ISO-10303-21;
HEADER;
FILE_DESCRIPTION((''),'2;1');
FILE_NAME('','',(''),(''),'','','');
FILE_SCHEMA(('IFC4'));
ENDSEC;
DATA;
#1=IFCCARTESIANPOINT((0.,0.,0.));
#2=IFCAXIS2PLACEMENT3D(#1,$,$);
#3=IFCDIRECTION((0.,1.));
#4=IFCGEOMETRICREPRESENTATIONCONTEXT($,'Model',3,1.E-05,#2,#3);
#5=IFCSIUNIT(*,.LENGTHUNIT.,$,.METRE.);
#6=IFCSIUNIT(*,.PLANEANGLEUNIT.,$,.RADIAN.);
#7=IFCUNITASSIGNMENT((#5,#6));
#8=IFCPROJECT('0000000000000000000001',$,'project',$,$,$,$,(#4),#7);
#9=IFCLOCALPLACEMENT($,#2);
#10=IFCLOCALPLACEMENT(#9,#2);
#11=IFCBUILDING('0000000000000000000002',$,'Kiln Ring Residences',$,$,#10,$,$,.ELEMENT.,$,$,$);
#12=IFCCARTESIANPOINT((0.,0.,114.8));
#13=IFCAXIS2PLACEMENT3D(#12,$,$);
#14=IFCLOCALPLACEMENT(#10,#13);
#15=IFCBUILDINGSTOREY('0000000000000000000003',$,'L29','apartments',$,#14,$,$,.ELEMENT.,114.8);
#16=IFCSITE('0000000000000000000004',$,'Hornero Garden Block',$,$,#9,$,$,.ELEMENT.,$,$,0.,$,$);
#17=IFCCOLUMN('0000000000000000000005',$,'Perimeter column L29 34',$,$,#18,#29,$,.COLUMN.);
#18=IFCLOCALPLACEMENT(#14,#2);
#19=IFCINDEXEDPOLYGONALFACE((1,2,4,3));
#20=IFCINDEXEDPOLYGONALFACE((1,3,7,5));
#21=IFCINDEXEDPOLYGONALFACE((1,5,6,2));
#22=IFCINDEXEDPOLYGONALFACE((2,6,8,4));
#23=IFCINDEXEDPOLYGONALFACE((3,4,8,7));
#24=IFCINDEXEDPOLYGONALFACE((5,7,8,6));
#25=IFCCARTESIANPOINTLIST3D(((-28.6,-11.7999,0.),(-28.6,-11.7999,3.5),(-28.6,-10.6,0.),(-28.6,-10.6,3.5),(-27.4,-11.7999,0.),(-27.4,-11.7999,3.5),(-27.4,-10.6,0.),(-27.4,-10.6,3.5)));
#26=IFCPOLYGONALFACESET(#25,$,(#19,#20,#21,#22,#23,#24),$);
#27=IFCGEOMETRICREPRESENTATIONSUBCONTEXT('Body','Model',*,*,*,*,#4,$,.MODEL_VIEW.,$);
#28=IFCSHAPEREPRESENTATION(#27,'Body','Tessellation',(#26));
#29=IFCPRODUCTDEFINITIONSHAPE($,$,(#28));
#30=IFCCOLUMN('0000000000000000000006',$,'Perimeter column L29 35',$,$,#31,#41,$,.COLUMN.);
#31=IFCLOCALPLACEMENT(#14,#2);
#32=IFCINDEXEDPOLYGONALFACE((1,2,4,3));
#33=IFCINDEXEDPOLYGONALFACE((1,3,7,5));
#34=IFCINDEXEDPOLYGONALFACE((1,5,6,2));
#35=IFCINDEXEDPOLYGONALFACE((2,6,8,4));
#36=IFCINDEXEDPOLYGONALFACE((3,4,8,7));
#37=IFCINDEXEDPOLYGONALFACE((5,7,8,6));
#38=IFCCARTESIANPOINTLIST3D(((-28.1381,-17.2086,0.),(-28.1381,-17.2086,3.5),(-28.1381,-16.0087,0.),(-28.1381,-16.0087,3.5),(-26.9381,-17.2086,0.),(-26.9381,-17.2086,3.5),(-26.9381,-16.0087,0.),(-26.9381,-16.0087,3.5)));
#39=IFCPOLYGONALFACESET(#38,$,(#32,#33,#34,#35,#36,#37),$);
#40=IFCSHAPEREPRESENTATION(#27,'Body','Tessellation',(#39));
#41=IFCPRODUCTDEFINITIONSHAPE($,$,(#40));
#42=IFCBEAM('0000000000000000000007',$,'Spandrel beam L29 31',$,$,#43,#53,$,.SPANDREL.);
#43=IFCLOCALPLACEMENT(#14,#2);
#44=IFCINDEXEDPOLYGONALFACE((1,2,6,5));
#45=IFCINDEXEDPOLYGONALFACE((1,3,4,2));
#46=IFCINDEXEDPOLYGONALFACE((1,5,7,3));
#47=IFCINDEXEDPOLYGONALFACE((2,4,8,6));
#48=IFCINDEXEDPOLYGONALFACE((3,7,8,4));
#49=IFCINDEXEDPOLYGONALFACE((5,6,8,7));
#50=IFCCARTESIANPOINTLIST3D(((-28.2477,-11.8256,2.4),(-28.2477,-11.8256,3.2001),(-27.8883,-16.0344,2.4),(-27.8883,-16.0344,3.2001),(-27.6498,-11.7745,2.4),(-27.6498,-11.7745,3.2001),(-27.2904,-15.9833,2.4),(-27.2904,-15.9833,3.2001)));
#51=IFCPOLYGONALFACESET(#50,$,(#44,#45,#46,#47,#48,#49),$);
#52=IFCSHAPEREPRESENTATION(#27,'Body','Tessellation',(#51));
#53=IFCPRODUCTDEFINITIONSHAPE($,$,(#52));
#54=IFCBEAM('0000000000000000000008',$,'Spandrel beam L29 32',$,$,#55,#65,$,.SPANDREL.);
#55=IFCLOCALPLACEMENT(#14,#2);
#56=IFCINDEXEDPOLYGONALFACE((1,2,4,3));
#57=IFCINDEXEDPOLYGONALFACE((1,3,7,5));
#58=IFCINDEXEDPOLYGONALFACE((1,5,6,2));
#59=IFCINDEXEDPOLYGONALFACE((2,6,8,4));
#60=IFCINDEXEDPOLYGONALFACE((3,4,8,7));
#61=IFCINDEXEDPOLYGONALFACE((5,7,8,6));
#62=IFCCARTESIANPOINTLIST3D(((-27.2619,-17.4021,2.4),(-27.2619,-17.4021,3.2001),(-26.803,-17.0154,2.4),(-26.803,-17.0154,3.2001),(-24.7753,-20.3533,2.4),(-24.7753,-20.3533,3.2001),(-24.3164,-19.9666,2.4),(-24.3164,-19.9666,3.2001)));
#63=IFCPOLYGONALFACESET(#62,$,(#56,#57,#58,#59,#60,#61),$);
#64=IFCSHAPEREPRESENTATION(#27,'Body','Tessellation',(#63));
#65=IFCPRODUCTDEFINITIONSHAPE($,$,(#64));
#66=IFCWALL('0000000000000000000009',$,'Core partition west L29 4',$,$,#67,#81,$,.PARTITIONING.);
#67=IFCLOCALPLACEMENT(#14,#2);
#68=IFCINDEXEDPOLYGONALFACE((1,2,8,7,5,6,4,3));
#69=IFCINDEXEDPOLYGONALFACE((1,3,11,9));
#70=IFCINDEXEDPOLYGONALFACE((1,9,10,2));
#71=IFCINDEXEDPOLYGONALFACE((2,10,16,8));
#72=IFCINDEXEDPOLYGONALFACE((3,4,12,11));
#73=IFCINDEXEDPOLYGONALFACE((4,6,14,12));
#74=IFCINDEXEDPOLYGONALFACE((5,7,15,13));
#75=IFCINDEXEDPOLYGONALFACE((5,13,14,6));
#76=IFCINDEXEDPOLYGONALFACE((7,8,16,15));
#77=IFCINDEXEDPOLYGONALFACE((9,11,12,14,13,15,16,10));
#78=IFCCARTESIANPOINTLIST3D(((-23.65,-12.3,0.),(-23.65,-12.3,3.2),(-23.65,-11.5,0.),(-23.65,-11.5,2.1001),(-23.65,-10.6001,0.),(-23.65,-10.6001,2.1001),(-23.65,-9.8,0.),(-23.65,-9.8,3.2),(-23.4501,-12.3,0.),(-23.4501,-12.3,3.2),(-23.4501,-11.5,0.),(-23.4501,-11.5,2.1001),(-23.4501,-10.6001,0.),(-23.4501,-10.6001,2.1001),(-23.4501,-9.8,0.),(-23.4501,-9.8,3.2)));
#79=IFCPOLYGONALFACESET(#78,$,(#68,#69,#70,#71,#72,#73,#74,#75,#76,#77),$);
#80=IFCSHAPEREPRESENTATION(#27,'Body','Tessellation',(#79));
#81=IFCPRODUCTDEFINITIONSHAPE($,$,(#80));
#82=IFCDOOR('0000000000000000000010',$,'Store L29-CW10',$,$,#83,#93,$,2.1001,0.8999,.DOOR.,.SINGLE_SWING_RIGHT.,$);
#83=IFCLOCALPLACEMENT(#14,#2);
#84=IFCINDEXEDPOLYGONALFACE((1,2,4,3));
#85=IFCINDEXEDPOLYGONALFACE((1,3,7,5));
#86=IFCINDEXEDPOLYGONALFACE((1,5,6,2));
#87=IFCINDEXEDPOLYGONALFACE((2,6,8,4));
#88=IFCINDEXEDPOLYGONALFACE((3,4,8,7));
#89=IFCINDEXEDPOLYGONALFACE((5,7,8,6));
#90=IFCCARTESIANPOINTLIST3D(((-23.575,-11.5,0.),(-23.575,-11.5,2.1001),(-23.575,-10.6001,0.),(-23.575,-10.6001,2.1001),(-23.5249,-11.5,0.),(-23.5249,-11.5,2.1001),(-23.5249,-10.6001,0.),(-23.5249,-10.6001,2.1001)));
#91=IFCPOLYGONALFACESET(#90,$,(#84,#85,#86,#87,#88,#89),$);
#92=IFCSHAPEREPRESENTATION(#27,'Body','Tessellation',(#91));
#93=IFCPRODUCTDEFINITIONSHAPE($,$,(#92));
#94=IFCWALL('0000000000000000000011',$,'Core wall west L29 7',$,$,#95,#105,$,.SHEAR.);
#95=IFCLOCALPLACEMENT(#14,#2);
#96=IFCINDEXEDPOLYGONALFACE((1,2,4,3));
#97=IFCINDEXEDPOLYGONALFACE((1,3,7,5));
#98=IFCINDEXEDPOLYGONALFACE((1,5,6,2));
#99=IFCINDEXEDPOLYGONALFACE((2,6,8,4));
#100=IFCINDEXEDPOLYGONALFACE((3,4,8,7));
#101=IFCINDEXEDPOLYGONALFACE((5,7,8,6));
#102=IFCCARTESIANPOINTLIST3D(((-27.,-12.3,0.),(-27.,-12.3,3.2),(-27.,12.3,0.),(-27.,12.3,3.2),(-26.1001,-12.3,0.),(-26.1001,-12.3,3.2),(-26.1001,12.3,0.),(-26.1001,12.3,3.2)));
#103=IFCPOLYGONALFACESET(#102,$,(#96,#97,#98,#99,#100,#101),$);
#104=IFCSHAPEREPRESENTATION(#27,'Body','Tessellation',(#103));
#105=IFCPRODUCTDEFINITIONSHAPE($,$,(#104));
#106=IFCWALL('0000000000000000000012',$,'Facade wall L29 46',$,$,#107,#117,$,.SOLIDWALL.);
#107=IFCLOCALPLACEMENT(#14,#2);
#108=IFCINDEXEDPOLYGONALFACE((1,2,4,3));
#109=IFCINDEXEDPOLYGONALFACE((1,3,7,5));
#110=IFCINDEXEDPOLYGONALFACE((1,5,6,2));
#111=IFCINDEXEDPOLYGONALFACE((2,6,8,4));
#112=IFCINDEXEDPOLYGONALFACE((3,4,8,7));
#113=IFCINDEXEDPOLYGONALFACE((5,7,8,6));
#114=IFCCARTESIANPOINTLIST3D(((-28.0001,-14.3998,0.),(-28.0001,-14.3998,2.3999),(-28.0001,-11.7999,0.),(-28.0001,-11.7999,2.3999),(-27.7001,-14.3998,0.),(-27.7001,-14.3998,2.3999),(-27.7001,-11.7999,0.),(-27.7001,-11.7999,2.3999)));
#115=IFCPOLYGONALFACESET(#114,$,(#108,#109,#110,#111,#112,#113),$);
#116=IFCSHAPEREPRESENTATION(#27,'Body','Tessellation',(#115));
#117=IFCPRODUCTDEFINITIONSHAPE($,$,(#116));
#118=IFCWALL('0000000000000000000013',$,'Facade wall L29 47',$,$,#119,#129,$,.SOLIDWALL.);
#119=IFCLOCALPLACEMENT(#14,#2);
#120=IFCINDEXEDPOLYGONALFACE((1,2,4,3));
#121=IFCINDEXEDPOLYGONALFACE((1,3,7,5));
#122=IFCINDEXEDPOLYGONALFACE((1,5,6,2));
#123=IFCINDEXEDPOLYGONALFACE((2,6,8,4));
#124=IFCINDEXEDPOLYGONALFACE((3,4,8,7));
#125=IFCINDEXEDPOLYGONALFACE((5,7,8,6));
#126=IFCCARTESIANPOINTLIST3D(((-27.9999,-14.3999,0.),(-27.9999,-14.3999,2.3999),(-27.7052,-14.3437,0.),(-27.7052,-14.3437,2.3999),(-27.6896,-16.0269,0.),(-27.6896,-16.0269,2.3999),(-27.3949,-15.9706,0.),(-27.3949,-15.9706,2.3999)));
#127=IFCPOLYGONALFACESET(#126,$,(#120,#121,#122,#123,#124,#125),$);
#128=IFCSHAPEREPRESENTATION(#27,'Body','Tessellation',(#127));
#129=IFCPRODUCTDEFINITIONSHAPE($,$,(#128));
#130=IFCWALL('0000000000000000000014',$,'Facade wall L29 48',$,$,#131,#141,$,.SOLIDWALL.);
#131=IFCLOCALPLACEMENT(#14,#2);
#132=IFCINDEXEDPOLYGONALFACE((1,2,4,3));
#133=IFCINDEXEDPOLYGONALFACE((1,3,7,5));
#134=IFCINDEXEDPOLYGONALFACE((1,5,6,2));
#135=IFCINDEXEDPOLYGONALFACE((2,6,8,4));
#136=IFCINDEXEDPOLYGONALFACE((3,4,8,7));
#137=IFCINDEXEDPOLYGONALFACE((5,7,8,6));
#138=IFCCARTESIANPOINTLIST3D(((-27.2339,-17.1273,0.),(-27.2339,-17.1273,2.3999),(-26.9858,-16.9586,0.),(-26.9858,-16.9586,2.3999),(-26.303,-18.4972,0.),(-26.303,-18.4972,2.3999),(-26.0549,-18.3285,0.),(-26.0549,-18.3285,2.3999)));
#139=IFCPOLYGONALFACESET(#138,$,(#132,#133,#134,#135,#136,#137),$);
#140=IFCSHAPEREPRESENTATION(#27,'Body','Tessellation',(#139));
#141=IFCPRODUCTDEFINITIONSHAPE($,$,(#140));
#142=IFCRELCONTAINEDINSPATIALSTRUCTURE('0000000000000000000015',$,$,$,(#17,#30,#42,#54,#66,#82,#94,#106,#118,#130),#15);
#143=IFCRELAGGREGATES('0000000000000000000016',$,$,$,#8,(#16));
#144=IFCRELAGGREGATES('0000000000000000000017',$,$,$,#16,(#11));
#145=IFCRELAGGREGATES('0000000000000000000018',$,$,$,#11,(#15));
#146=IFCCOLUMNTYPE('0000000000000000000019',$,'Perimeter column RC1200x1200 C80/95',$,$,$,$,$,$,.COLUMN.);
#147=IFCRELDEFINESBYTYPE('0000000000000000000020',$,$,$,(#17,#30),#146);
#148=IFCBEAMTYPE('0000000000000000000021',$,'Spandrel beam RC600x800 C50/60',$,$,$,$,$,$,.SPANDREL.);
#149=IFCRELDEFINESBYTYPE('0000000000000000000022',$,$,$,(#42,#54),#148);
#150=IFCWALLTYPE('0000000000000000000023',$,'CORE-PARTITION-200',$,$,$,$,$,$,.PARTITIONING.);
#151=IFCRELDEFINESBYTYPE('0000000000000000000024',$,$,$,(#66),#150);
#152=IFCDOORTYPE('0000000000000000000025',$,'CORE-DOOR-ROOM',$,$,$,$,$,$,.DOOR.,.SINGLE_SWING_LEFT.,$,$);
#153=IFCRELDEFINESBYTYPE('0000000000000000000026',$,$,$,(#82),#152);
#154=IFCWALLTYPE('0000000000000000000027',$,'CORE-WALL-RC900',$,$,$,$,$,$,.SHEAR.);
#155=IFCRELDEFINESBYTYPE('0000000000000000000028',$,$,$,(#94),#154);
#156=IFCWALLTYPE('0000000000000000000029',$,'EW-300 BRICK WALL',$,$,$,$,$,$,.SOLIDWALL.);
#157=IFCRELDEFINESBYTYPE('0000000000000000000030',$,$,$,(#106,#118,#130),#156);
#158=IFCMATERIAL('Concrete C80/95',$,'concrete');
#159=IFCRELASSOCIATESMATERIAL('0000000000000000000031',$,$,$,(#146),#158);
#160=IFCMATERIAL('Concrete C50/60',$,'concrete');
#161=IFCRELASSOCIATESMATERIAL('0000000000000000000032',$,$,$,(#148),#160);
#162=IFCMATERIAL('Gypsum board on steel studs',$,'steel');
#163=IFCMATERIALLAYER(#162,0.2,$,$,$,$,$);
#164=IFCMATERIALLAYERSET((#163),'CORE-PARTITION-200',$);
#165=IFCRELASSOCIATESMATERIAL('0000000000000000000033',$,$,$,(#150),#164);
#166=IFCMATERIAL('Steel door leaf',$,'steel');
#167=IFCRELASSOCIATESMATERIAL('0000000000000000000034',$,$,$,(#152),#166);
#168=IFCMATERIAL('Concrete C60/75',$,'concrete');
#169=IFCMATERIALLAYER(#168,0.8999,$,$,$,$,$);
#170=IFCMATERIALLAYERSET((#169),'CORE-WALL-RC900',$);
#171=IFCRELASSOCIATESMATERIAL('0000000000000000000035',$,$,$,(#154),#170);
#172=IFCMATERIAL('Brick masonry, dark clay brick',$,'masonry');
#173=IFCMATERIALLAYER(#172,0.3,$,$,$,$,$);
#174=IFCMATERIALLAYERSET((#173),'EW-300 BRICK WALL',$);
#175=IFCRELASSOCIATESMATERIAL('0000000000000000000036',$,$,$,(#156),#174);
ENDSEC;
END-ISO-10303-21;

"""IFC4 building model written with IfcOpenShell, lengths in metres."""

from ifc_helpers import new_model, si_unit, direction, frame, frame_2d, origin, origin_2d, place, context, subcontext, project, spatial, rectangle, extrude, material, layer, layer_set, material_profile, profile_set, type_object, element, fill, save


model = new_model("IFC4")

# Units and contexts
model_context = context("Model", 3, precision=1e-05, world=origin(), true_north=direction((0.0, 1.0)))
body_context = subcontext(model_context, "Body", "Model", "MODEL_VIEW")
ifc_project = project(units=[si_unit("LENGTHUNIT", "METRE"), si_unit("PLANEANGLEUNIT", "RADIAN")], contexts=[model_context])

# Site, building, storey
site_placement = place(None, origin())
site = spatial("IfcSite", under=ifc_project, at=site_placement, Name="Hornero Garden Block", CompositionType="ELEMENT", RefElevation=0.0)
building_placement = place(site_placement, origin())
building = spatial("IfcBuilding", under=site, at=building_placement, Name="Kiln Ring Residences", CompositionType="ELEMENT")
storey_placement = place(building_placement, frame((0.0, 0.0, 114.8)))
storey = spatial("IfcBuildingStorey", under=building, at=storey_placement, Name="L29", Description="apartments", CompositionType="ELEMENT", Elevation=114.8)

# Columns
ifc_material_1 = material(Name="Concrete C80/95", Category="concrete")
ifc_material_profile_1 = material_profile(ifc_material_1, rectangle(XDim=1.2, YDim=1.2, at=origin_2d()), Name="RC1200x1200")
ifc_profile_set_1 = profile_set([ifc_material_profile_1], Name="Concrete C80/95")
column_type = type_object("IfcColumnType", Name="Perimeter column RC1200x1200 C80/95", PredefinedType="COLUMN", material=ifc_profile_set_1)
for number, where, z_axis, x_axis, name in (
    (1, (-28.0, -11.2, 0.0), (0.0, 0.0, 1.0), (1.0, 0.0, 0.0), "Perimeter column L29 34"),
    (2, (-27.5381, -16.6086, 0.0), (0.0, 0.0, 1.0), (1.0, 0.0, 0.0), "Perimeter column L29 35"),
):
    element("IfcColumn", number, at=place(storey_placement, frame(where, z_axis=z_axis, x_axis=x_axis)), inside=storey, type_object=column_type, Name=name, PredefinedType="COLUMN", context=body_context, shape_type="SweptSolid", body=[
        extrude(rectangle(XDim=1.2, YDim=1.2, at=origin_2d()), origin(), (0.0, 0.0, 1.0), 3.5),
    ])

# Beams
ifc_material_2 = material(Name="Concrete C50/60", Category="concrete")
ifc_material_profile_2 = material_profile(ifc_material_2, rectangle(XDim=0.6001, YDim=0.8, at=origin_2d()), Name="RC600x800")
ifc_profile_set_2 = profile_set([ifc_material_profile_2], Name="Concrete C50/60")
beam_type = type_object("IfcBeamType", Name="Spandrel beam RC600x800 C50/60", PredefinedType="SPANDREL", material=ifc_profile_set_2)
beam_1_placement = place(storey_placement, frame((-27.9487, -11.8, 2.8), z_axis=(0.085078, -0.996374, 0.0), x_axis=(0.996374, 0.085078, 0.0)))
element("IfcBeam", 3, at=beam_1_placement, inside=storey, type_object=beam_type, Name="Spandrel beam L29 31", PredefinedType="SPANDREL", context=body_context, shape_type="SweptSolid", body=[
    extrude(rectangle(XDim=0.6001, YDim=0.8, at=origin_2d()), origin(), (0.0, 0.0, 1.0), 4.2241),
])
beam_2_placement = place(storey_placement, frame((-27.0325, -17.2087, 2.8), z_axis=(0.644344, -0.764736, 0.0), x_axis=(0.764736, 0.644344, 0.0)))
element("IfcBeam", 4, at=beam_2_placement, inside=storey, type_object=beam_type, Name="Spandrel beam L29 32", PredefinedType="SPANDREL", context=body_context, shape_type="SweptSolid", body=[
    extrude(rectangle(XDim=0.6001, YDim=0.8, at=origin_2d()), origin(), (0.0, 0.0, 1.0), 3.8591),
])

# Wall, opening, door
ifc_material_3 = material(Name="Gypsum board on steel studs", Category="steel")
ifc_layer_1 = layer(ifc_material_3, 0.2)
ifc_layer_set_1 = layer_set([ifc_layer_1], Name="CORE-PARTITION-200")
wall_type_1 = type_object("IfcWallType", Name="CORE-PARTITION-200", PredefinedType="PARTITIONING", material=ifc_layer_set_1)
wall_1_placement = place(storey_placement, frame((-23.55, -12.3, 0.0), z_axis=(0.0, 0.0, 1.0), x_axis=(0.0, 1.0, 0.0)))
wall_1 = element("IfcWall", 5, at=wall_1_placement, inside=storey, type_object=wall_type_1, Name="Core partition west L29 4", PredefinedType="PARTITIONING", context=body_context, shape_type="SweptSolid", body=[
    extrude(rectangle(XDim=2.5, YDim=0.2, at=frame_2d((1.25, 0.0))), origin(), (0.0, 0.0, 1.0), 3.2),
])
opening_1_placement = place(wall_1_placement, frame((0.8, 0.0, 0.0)))
opening_1 = element("IfcOpeningElement", 6, at=opening_1_placement, cuts=wall_1, PredefinedType="OPENING", context=body_context, shape_type="SweptSolid", body=[
    extrude(rectangle(XDim=0.8999, YDim=2.1001, at=frame_2d((0.45, 1.05))), frame((0.0, 0.1099, 0.0), z_axis=(0.0, -1.0, 0.0), x_axis=(1.0, 0.0, 0.0)), (0.0, 0.0, 1.0), 0.22),
])
ifc_material_4 = material(Name="Steel door leaf", Category="steel")
door_type_1 = type_object("IfcDoorType", Name="CORE-DOOR-ROOM", OperationType="SINGLE_SWING_LEFT", PredefinedType="DOOR", material=ifc_material_4)
door_1_placement = place(opening_1_placement, origin())
door_1 = element("IfcDoor", 7, at=door_1_placement, inside=storey, type_object=door_type_1, Name="Store L29-CW10", OperationType="SINGLE_SWING_RIGHT", OverallHeight=2.1001, OverallWidth=0.8999, PredefinedType="DOOR", context=body_context, shape_type="SweptSolid", body=[
    extrude(rectangle(XDim=0.8999, YDim=2.1001, at=frame_2d((0.45, 1.05))), frame((0.0, 0.0249, 0.0), z_axis=(0.0, -1.0, 0.0), x_axis=(1.0, 0.0, 0.0)), (0.0, 0.0, 1.0), 0.05),
])
fill(opening_1, door_1)

# Walls
ifc_material_5 = material(Name="Concrete C60/75", Category="concrete")
ifc_layer_2 = layer(ifc_material_5, 0.8999)
ifc_layer_set_2 = layer_set([ifc_layer_2], Name="CORE-WALL-RC900")
wall_type_2 = type_object("IfcWallType", Name="CORE-WALL-RC900", PredefinedType="SHEAR", material=ifc_layer_set_2)
wall_2_placement = place(storey_placement, frame((-26.55, -12.3, 0.0), z_axis=(0.0, 0.0, 1.0), x_axis=(0.0, 1.0, 0.0)))
element("IfcWall", 8, at=wall_2_placement, inside=storey, type_object=wall_type_2, Name="Core wall west L29 7", PredefinedType="SHEAR", context=body_context, shape_type="SweptSolid", body=[
    extrude(rectangle(XDim=24.6001, YDim=0.8999, at=frame_2d((12.3, 0.0))), origin(), (0.0, 0.0, 1.0), 3.2),
])
ifc_material_6 = material(Name="Brick masonry, dark clay brick", Category="masonry")
ifc_layer_3 = layer(ifc_material_6, 0.3)
ifc_layer_set_3 = layer_set([ifc_layer_3], Name="EW-300 BRICK WALL")
wall_type_3 = type_object("IfcWallType", Name="EW-300 BRICK WALL", PredefinedType="SOLIDWALL", material=ifc_layer_set_3)
wall_3_placement = place(storey_placement, frame((-27.8501, -11.8, 0.0), z_axis=(0.0, 0.0, 1.0), x_axis=(0.0, -1.0, 0.0)))
element("IfcWall", 9, at=wall_3_placement, inside=storey, type_object=wall_type_3, Name="Facade wall L29 46", PredefinedType="SOLIDWALL", context=body_context, shape_type="SweptSolid", body=[
    extrude(rectangle(XDim=2.5999, YDim=0.3, at=frame_2d((1.2998, 0.0))), origin(), (0.0, 0.0, 1.0), 2.3999),
])
for number, where, z_axis, x_axis, name in (
    (10, (-27.8525, -14.3718, 0.0), (0.0, 0.0, 1.0), (0.187349, -0.982293, 0.0), "Facade wall L29 47"),
    (11, (-27.1099, -17.043, 0.0), (0.0, 0.0, 1.0), (0.56206, -0.827096, 0.0), "Facade wall L29 48"),
):
    element("IfcWall", number, at=place(storey_placement, frame(where, z_axis=z_axis, x_axis=x_axis)), inside=storey, type_object=wall_type_3, Name=name, PredefinedType="SOLIDWALL", context=body_context, shape_type="SweptSolid", body=[
        extrude(rectangle(XDim=1.6562, YDim=0.3, at=frame_2d((0.8281, 0.0))), origin(), (0.0, 0.0, 1.0), 2.3999),
    ])

save(model, "model.ifc")
